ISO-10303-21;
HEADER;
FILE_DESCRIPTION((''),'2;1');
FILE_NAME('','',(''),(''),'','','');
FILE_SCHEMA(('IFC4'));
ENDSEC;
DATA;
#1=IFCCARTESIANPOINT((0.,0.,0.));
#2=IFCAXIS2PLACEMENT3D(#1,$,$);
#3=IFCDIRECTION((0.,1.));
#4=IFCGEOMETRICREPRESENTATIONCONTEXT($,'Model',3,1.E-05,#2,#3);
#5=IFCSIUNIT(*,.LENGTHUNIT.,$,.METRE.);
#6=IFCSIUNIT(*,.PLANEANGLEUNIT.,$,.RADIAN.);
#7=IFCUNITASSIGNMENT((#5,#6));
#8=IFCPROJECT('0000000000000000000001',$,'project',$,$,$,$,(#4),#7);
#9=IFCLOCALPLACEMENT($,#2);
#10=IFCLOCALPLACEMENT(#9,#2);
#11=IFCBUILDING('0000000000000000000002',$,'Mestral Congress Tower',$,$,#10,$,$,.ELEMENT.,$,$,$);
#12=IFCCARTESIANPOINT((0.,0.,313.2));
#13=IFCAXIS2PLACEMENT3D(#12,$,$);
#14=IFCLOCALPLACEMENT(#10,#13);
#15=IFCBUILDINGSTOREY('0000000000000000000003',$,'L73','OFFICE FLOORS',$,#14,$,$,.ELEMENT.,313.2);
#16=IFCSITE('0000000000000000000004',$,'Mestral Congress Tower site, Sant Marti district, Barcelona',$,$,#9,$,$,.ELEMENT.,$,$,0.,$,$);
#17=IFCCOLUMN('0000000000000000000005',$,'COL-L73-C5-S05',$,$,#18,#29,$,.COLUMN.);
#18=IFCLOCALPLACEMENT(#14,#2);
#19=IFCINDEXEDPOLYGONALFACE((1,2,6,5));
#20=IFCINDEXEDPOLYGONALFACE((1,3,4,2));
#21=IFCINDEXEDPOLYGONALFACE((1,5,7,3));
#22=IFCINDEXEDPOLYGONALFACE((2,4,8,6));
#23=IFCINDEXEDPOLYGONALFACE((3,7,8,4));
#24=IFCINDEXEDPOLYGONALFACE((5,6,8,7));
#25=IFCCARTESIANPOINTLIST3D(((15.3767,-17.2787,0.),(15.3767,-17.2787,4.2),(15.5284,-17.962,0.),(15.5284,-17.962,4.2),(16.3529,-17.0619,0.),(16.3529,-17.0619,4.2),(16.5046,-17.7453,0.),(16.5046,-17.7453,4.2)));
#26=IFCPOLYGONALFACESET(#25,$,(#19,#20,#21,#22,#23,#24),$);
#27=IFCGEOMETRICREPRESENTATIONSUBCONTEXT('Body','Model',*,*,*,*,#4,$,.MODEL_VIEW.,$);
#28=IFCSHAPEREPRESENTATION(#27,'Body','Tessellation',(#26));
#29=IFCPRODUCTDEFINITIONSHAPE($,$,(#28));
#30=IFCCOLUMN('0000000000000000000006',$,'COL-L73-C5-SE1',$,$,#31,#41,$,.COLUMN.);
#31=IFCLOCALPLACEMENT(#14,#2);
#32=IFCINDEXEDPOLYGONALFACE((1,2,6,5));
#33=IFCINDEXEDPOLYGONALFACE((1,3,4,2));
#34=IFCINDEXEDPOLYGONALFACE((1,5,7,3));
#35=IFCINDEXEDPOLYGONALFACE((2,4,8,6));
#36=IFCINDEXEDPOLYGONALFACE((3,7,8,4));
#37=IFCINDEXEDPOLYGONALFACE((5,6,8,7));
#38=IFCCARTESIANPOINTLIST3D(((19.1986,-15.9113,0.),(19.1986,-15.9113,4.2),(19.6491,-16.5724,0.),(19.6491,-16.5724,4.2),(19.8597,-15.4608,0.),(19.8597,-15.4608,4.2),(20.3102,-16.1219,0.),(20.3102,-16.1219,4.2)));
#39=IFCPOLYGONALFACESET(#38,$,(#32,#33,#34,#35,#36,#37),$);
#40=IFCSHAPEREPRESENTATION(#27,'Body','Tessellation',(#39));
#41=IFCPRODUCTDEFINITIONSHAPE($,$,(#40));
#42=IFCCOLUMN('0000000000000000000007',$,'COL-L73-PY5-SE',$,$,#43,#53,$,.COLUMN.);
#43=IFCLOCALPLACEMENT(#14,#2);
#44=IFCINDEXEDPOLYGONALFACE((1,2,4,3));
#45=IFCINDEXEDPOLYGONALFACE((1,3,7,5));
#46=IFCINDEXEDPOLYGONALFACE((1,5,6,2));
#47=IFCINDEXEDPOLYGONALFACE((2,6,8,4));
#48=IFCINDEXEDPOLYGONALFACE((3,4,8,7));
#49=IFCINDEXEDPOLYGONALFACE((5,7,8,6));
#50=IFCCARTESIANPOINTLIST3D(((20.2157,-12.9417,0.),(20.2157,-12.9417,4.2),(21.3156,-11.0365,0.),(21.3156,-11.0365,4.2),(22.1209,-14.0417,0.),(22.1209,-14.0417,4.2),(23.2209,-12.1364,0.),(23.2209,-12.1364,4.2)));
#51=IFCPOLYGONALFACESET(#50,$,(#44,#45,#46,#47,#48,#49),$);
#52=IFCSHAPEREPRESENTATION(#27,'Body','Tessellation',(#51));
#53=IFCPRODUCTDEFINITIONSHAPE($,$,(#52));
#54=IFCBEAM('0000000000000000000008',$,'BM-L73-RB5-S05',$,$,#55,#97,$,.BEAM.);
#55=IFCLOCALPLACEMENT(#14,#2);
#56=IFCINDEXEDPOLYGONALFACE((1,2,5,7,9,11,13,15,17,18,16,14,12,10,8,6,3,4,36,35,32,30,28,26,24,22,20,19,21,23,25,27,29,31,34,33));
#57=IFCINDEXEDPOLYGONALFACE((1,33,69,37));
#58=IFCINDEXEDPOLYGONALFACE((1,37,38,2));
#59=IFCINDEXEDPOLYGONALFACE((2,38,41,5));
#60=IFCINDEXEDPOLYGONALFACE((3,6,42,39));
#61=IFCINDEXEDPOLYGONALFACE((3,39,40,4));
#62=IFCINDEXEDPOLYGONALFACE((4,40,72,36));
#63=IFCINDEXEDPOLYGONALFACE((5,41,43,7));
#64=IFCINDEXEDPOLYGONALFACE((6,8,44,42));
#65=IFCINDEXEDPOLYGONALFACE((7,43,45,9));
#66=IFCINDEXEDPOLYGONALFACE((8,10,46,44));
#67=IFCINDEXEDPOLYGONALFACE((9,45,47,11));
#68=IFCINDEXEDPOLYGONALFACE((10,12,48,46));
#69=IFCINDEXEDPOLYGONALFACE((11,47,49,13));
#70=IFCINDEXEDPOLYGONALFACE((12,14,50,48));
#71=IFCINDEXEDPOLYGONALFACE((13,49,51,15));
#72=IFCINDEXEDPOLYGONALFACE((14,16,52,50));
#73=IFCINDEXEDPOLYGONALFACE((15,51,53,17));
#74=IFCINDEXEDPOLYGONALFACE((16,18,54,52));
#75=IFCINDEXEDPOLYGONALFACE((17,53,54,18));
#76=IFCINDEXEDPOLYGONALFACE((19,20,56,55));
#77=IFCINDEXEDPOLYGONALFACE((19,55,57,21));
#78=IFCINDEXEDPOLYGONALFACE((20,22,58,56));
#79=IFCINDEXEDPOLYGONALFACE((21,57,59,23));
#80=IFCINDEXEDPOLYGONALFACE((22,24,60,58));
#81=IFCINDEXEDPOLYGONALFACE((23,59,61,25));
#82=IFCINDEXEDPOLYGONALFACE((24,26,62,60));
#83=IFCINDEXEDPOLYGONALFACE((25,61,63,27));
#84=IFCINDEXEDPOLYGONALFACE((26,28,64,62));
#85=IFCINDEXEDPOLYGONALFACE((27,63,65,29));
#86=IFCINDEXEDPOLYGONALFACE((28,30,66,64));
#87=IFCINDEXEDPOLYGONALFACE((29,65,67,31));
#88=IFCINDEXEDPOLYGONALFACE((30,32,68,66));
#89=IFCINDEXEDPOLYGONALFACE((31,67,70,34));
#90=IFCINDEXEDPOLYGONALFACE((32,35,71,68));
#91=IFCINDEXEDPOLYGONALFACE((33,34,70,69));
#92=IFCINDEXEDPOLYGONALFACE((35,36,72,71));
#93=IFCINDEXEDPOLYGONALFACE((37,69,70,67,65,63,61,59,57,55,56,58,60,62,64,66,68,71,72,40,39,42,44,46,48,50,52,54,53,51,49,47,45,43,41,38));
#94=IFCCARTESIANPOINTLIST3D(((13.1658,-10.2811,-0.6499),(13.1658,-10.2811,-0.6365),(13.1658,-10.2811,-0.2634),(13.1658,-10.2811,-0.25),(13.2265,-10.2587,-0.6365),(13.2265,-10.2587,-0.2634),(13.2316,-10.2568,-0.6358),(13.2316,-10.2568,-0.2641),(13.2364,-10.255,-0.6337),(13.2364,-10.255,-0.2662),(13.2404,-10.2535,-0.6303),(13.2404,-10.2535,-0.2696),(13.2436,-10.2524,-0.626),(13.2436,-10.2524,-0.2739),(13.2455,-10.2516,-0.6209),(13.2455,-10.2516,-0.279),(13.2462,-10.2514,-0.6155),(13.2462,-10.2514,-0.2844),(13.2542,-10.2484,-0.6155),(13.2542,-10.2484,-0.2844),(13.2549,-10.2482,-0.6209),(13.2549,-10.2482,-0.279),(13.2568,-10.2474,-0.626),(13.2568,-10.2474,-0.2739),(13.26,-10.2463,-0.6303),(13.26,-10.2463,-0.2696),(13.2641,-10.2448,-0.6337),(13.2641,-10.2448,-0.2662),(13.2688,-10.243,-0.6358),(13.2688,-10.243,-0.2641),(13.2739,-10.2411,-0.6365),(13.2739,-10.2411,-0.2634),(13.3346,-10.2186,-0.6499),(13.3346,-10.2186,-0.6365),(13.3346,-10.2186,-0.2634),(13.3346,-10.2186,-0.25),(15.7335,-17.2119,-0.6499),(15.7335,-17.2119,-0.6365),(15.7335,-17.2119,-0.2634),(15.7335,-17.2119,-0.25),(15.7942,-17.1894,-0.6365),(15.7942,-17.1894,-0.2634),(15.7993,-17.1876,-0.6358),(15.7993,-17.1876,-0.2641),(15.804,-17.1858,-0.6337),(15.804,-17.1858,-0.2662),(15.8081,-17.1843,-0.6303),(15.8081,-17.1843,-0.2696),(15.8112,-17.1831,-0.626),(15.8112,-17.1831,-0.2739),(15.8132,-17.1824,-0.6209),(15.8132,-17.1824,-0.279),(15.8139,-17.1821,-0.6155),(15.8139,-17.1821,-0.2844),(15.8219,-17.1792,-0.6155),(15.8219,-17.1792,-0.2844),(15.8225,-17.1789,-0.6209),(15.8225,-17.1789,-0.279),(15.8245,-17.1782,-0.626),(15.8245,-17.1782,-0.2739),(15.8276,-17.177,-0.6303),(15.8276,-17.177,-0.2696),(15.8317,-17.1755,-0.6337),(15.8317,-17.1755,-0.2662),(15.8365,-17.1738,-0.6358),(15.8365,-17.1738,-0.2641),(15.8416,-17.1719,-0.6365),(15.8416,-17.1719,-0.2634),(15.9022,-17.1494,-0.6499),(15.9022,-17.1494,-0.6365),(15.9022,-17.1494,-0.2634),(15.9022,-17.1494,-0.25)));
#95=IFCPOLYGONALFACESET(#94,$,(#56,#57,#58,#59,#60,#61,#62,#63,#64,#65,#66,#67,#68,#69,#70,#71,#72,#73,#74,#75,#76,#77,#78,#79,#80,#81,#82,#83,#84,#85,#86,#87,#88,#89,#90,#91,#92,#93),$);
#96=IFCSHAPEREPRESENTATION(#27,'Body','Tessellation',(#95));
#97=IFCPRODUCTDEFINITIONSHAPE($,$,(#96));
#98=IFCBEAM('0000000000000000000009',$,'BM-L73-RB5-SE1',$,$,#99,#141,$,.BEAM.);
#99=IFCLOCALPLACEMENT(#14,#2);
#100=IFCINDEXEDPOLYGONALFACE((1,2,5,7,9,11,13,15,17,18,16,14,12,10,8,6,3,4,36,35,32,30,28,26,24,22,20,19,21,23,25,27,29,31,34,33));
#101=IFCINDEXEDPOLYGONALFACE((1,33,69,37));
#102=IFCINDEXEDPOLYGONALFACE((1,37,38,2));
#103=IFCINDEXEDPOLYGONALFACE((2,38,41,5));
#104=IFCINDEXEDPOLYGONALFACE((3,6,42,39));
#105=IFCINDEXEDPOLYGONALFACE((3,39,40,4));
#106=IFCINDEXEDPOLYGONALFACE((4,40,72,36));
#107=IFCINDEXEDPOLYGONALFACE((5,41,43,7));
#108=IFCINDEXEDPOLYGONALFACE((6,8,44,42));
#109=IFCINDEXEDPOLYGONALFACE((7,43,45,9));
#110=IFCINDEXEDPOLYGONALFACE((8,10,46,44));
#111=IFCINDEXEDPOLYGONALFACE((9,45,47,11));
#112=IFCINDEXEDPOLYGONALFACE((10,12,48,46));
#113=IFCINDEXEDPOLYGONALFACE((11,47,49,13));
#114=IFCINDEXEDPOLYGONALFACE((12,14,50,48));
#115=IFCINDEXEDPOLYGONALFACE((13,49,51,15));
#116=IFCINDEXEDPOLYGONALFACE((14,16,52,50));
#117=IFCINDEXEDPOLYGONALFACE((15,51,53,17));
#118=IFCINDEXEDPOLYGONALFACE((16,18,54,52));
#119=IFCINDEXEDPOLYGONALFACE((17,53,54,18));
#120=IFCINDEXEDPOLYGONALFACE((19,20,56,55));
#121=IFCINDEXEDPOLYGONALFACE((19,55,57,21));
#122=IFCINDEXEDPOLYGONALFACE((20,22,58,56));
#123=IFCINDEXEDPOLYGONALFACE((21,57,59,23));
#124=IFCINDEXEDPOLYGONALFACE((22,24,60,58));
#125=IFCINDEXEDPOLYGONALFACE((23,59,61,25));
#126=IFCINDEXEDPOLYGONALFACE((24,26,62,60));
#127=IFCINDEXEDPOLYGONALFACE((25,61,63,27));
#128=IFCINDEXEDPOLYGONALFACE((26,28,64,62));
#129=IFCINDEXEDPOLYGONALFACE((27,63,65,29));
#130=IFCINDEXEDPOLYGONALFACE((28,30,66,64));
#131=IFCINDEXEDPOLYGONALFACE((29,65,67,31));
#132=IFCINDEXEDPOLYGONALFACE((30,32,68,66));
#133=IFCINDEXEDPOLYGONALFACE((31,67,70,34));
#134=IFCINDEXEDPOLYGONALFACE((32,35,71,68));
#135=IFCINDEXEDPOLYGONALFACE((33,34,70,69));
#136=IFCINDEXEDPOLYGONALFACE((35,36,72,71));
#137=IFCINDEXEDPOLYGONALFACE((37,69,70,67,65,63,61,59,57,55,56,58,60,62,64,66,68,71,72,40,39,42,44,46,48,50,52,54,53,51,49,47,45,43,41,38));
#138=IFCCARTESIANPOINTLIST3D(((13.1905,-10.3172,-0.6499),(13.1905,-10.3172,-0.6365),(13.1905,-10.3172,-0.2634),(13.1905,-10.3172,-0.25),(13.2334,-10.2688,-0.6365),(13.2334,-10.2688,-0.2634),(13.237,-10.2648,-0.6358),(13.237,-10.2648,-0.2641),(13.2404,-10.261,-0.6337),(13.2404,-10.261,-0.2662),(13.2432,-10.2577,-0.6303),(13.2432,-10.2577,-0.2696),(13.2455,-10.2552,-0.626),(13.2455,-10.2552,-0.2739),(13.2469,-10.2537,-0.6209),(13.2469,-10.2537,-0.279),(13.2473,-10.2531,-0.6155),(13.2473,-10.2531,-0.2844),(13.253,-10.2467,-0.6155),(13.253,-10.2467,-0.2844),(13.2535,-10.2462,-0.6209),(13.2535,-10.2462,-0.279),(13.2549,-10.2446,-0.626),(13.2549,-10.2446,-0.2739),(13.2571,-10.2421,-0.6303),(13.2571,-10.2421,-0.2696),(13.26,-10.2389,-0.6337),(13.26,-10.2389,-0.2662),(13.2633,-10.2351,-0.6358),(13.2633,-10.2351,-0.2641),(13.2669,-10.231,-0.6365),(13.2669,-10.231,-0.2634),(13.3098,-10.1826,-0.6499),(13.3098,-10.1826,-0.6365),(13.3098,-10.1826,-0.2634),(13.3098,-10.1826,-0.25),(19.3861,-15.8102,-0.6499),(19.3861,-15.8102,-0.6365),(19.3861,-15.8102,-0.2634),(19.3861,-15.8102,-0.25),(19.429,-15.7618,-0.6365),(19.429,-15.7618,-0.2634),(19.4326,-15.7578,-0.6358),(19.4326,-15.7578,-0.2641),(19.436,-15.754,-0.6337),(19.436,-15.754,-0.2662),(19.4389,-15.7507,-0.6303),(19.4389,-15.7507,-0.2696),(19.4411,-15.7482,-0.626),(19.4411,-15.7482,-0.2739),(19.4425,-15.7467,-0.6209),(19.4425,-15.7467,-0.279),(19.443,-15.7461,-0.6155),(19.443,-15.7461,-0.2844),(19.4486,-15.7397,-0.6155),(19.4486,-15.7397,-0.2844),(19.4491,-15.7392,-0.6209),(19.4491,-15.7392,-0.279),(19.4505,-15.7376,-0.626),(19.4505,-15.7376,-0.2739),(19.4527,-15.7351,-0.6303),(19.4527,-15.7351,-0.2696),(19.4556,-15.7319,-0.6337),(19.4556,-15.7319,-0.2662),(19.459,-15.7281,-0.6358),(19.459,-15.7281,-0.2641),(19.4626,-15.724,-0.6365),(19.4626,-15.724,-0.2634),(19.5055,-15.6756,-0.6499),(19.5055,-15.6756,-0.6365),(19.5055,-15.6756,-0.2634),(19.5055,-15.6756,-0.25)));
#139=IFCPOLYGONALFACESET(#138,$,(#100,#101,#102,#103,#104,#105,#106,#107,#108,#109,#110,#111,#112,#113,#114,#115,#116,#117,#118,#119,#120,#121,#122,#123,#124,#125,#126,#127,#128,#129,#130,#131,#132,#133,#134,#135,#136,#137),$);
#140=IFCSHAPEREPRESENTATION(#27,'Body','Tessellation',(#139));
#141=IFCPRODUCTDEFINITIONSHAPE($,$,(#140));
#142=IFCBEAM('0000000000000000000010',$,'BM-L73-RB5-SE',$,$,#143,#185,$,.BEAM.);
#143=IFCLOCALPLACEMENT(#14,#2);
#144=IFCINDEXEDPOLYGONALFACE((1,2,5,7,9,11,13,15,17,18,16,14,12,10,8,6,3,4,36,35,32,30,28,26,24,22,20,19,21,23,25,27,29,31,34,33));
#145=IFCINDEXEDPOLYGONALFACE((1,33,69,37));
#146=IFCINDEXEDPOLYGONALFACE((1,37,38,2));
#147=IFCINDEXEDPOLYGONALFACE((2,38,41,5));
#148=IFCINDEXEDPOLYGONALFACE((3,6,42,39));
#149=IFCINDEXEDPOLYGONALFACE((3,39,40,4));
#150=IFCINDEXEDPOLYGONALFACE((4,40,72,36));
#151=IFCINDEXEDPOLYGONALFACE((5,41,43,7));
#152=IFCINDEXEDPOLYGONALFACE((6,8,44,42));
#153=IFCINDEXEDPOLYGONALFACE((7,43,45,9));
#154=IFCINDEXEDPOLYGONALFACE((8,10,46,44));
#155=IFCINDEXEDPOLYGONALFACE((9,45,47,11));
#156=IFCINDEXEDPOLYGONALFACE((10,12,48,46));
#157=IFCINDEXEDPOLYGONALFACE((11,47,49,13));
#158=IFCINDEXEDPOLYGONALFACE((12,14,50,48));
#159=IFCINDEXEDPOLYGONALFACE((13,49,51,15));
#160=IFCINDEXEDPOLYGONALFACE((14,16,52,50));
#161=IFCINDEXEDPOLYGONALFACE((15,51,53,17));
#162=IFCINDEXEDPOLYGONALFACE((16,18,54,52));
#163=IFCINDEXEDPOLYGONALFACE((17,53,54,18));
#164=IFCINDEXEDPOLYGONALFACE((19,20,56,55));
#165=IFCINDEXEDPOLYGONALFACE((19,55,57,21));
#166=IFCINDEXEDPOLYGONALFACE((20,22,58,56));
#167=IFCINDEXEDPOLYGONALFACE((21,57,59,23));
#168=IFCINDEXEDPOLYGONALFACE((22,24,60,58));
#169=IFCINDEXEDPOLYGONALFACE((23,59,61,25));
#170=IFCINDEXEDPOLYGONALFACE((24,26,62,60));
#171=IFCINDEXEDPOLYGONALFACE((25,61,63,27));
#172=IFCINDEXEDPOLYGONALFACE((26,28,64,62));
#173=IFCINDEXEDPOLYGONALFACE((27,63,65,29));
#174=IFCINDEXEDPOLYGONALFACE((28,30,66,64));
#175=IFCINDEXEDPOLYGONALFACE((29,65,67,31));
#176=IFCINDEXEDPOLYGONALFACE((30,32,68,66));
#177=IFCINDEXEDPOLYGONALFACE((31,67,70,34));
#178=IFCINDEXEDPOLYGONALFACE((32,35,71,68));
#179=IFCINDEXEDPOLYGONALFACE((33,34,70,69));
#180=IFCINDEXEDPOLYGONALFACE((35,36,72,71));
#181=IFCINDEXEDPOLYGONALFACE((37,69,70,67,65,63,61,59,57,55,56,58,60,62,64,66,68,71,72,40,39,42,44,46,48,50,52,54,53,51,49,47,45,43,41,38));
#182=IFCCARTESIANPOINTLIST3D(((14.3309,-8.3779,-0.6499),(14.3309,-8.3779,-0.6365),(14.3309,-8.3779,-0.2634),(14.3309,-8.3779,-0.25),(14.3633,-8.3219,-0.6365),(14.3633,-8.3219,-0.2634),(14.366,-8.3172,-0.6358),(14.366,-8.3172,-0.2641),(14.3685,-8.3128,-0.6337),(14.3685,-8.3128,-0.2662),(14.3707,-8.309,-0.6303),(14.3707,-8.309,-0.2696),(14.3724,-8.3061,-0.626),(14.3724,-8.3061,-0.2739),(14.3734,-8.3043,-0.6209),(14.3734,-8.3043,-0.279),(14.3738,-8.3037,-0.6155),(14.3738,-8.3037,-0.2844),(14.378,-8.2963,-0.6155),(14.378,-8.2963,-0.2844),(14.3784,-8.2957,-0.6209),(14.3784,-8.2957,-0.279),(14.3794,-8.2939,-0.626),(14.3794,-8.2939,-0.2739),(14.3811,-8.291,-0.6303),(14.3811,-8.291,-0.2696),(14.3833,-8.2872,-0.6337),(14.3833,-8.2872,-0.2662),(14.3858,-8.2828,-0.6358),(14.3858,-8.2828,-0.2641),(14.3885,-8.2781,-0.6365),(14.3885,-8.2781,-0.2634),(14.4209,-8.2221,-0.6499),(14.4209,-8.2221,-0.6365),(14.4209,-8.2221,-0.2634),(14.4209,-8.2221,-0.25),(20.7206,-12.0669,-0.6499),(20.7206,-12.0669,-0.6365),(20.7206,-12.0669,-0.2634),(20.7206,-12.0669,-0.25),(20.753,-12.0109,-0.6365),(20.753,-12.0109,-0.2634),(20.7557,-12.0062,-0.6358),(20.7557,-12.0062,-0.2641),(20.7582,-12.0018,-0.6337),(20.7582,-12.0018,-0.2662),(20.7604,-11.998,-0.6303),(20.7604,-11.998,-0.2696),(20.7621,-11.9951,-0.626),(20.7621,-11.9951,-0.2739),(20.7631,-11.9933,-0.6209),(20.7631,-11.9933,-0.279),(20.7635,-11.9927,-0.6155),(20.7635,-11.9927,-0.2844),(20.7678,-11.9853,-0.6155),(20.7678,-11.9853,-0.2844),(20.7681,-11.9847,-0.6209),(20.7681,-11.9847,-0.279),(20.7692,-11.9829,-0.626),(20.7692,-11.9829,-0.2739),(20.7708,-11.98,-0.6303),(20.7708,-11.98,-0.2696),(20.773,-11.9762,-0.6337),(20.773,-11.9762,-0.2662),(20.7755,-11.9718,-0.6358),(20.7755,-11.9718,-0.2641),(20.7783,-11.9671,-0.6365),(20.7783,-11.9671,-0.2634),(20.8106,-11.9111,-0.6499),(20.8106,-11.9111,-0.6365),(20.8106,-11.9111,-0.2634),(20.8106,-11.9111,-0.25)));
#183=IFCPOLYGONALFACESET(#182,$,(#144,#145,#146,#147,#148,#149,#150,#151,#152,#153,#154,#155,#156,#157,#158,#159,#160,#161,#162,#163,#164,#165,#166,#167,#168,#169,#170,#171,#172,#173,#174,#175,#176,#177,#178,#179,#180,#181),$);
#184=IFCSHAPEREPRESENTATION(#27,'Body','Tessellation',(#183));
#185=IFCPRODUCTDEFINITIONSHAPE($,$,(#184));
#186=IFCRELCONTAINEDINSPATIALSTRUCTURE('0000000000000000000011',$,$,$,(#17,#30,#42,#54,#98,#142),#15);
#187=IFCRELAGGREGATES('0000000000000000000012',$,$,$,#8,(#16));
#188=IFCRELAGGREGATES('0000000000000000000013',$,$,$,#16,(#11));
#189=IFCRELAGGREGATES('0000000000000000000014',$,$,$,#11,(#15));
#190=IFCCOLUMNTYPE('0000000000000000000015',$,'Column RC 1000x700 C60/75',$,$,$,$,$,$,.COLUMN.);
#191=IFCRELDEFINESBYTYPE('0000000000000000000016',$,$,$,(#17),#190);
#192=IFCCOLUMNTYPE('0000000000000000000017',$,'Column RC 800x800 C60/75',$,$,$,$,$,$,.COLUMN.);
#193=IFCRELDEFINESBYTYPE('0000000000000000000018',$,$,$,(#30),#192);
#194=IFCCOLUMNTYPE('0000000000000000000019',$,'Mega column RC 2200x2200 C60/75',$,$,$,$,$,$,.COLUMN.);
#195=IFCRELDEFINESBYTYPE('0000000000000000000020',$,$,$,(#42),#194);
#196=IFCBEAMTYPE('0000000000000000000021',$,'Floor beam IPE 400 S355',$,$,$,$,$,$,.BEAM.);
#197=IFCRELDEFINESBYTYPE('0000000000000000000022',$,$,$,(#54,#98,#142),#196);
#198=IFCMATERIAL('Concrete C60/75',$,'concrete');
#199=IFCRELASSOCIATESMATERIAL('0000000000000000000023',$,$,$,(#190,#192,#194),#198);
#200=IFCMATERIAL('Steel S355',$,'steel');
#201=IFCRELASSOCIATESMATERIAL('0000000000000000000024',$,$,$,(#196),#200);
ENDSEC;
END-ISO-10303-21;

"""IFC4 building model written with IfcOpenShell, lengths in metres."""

from ifc_helpers import new_model, si_unit, direction, frame, origin, origin_2d, place, context, subcontext, project, spatial, rectangle, i_section, extrude, material, material_profile, profile_set, type_object, element, save


model = new_model("IFC4")

# Units and contexts
model_context = context("Model", 3, precision=1e-05, world=origin(), true_north=direction((0.0, 1.0)))
body_context = subcontext(model_context, "Body", "Model", "MODEL_VIEW")
ifc_project = project(units=[si_unit("LENGTHUNIT", "METRE"), si_unit("PLANEANGLEUNIT", "RADIAN")], contexts=[model_context])

# Site, building, storey
site_placement = place(None, origin())
site = spatial("IfcSite", under=ifc_project, at=site_placement, Name="Mestral Congress Tower site, Sant Marti district, Barcelona", CompositionType="ELEMENT", RefElevation=0.0)
building_placement = place(site_placement, origin())
building = spatial("IfcBuilding", under=site, at=building_placement, Name="Mestral Congress Tower", CompositionType="ELEMENT")
storey_placement = place(building_placement, frame((0.0, 0.0, 313.2)))
storey = spatial("IfcBuildingStorey", under=building, at=storey_placement, Name="L73", Description="OFFICE FLOORS", CompositionType="ELEMENT", Elevation=313.2)

# Columns
ifc_material_1 = material(Name="Concrete C60/75", Category="concrete")
ifc_material_profile_1 = material_profile(ifc_material_1, rectangle(XDim=1.0, YDim=0.7, at=origin_2d()), Name="RC 1000x700")
ifc_profile_set_1 = profile_set([ifc_material_profile_1], Name="Concrete C60/75")
column_type_1 = type_object("IfcColumnType", Name="Column RC 1000x700 C60/75", PredefinedType="COLUMN", material=ifc_profile_set_1)
column_1_placement = place(storey_placement, frame((15.9407, -17.512, 0.0), z_axis=(0.0, 0.0, 1.0), x_axis=(0.976234, 0.216721, 0.0)))
element("IfcColumn", 1, at=column_1_placement, inside=storey, type_object=column_type_1, Name="COL-L73-C5-S05", PredefinedType="COLUMN", context=body_context, shape_type="SweptSolid", body=[
    extrude(rectangle(XDim=1.0, YDim=0.7, at=origin_2d()), origin(), (0.0, 0.0, 1.0), 4.2),
])
ifc_material_profile_2 = material_profile(ifc_material_1, rectangle(XDim=0.8, YDim=0.8, at=origin_2d()), Name="RC 800x800")
ifc_profile_set_2 = profile_set([ifc_material_profile_2], Name="Concrete C60/75")
column_type_2 = type_object("IfcColumnType", Name="Column RC 800x800 C60/75", PredefinedType="COLUMN", material=ifc_profile_set_2)
column_2_placement = place(storey_placement, frame((19.7544, -16.0166, 0.0), z_axis=(0.0, 0.0, 1.0), x_axis=(0.826363, 0.563138, 0.0)))
element("IfcColumn", 2, at=column_2_placement, inside=storey, type_object=column_type_2, Name="COL-L73-C5-SE1", PredefinedType="COLUMN", context=body_context, shape_type="SweptSolid", body=[
    extrude(rectangle(XDim=0.8, YDim=0.8, at=origin_2d()), origin(), (0.0, 0.0, 1.0), 4.2),
])
ifc_material_profile_3 = material_profile(ifc_material_1, rectangle(XDim=2.2, YDim=2.2, at=origin_2d()), Name="RC 2200x2200")
ifc_profile_set_3 = profile_set([ifc_material_profile_3], Name="Concrete C60/75")
column_type_3 = type_object("IfcColumnType", Name="Mega column RC 2200x2200 C60/75", PredefinedType="COLUMN", material=ifc_profile_set_3)
column_3_placement = place(storey_placement, frame((21.7183, -12.5391, 0.0), z_axis=(0.0, 0.0, 1.0), x_axis=(0.866025, -0.5, 0.0)))
element("IfcColumn", 3, at=column_3_placement, inside=storey, type_object=column_type_3, Name="COL-L73-PY5-SE", PredefinedType="COLUMN", context=body_context, shape_type="SweptSolid", body=[
    extrude(rectangle(XDim=2.2, YDim=2.2, at=origin_2d()), origin(), (0.0, 0.0, 1.0), 4.2),
])

# Beams
ifc_material_2 = material(Name="Steel S355", Category="steel")
ifc_material_profile_4 = material_profile(ifc_material_2, i_section(OverallWidth=0.1799, OverallDepth=0.3999, WebThickness=0.0085, FlangeThickness=0.0134, FilletRadius=0.021, at=origin_2d()), Name="IPE 400")
ifc_profile_set_4 = profile_set([ifc_material_profile_4], Name="Steel S355")
beam_type_1 = type_object("IfcBeamType", Name="Floor beam IPE 400 S355", PredefinedType="BEAM", material=ifc_profile_set_4)
beam_1_placement = place(storey_placement, frame((15.8179, -17.1807, -0.45), z_axis=(-0.347399, 0.937717, 0.0), x_axis=(-0.937717, -0.347399, 0.0)))
element("IfcBeam", 4, at=beam_1_placement, inside=storey, type_object=beam_type_1, Name="BM-L73-RB5-S05", PredefinedType="BEAM", context=body_context, shape_type="SweptSolid", body=[
    extrude(i_section(OverallWidth=0.1799, OverallDepth=0.3999, WebThickness=0.0085, FlangeThickness=0.0134, FilletRadius=0.021, at=origin_2d()), origin(), (0.0, 0.0, 1.0), 7.3911),
])
beam_2_placement = place(storey_placement, frame((19.4458, -15.7429, -0.45), z_axis=(-0.748263, 0.663402, 0.0), x_axis=(-0.663402, -0.748263, 0.0)))
element("IfcBeam", 5, at=beam_2_placement, inside=storey, type_object=beam_type_1, Name="BM-L73-RB5-SE1", PredefinedType="BEAM", context=body_context, shape_type="SweptSolid", body=[
    extrude(i_section(OverallWidth=0.1799, OverallDepth=0.3999, WebThickness=0.0085, FlangeThickness=0.0134, FilletRadius=0.021, at=origin_2d()), origin(), (0.0, 0.0, 1.0), 8.28),
])
beam_3_placement = place(storey_placement, frame((20.7656, -11.989, -0.45), z_axis=(-0.866031, 0.49999, 0.0), x_axis=(-0.49999, -0.866031, 0.0)))
element("IfcBeam", 6, at=beam_3_placement, inside=storey, type_object=beam_type_1, Name="BM-L73-RB5-SE", PredefinedType="BEAM", context=body_context, shape_type="SweptSolid", body=[
    extrude(i_section(OverallWidth=0.1799, OverallDepth=0.3999, WebThickness=0.0085, FlangeThickness=0.0134, FilletRadius=0.021, at=origin_2d()), origin(), (0.0, 0.0, 1.0), 7.3782),
])

save(model, "model.ifc")
